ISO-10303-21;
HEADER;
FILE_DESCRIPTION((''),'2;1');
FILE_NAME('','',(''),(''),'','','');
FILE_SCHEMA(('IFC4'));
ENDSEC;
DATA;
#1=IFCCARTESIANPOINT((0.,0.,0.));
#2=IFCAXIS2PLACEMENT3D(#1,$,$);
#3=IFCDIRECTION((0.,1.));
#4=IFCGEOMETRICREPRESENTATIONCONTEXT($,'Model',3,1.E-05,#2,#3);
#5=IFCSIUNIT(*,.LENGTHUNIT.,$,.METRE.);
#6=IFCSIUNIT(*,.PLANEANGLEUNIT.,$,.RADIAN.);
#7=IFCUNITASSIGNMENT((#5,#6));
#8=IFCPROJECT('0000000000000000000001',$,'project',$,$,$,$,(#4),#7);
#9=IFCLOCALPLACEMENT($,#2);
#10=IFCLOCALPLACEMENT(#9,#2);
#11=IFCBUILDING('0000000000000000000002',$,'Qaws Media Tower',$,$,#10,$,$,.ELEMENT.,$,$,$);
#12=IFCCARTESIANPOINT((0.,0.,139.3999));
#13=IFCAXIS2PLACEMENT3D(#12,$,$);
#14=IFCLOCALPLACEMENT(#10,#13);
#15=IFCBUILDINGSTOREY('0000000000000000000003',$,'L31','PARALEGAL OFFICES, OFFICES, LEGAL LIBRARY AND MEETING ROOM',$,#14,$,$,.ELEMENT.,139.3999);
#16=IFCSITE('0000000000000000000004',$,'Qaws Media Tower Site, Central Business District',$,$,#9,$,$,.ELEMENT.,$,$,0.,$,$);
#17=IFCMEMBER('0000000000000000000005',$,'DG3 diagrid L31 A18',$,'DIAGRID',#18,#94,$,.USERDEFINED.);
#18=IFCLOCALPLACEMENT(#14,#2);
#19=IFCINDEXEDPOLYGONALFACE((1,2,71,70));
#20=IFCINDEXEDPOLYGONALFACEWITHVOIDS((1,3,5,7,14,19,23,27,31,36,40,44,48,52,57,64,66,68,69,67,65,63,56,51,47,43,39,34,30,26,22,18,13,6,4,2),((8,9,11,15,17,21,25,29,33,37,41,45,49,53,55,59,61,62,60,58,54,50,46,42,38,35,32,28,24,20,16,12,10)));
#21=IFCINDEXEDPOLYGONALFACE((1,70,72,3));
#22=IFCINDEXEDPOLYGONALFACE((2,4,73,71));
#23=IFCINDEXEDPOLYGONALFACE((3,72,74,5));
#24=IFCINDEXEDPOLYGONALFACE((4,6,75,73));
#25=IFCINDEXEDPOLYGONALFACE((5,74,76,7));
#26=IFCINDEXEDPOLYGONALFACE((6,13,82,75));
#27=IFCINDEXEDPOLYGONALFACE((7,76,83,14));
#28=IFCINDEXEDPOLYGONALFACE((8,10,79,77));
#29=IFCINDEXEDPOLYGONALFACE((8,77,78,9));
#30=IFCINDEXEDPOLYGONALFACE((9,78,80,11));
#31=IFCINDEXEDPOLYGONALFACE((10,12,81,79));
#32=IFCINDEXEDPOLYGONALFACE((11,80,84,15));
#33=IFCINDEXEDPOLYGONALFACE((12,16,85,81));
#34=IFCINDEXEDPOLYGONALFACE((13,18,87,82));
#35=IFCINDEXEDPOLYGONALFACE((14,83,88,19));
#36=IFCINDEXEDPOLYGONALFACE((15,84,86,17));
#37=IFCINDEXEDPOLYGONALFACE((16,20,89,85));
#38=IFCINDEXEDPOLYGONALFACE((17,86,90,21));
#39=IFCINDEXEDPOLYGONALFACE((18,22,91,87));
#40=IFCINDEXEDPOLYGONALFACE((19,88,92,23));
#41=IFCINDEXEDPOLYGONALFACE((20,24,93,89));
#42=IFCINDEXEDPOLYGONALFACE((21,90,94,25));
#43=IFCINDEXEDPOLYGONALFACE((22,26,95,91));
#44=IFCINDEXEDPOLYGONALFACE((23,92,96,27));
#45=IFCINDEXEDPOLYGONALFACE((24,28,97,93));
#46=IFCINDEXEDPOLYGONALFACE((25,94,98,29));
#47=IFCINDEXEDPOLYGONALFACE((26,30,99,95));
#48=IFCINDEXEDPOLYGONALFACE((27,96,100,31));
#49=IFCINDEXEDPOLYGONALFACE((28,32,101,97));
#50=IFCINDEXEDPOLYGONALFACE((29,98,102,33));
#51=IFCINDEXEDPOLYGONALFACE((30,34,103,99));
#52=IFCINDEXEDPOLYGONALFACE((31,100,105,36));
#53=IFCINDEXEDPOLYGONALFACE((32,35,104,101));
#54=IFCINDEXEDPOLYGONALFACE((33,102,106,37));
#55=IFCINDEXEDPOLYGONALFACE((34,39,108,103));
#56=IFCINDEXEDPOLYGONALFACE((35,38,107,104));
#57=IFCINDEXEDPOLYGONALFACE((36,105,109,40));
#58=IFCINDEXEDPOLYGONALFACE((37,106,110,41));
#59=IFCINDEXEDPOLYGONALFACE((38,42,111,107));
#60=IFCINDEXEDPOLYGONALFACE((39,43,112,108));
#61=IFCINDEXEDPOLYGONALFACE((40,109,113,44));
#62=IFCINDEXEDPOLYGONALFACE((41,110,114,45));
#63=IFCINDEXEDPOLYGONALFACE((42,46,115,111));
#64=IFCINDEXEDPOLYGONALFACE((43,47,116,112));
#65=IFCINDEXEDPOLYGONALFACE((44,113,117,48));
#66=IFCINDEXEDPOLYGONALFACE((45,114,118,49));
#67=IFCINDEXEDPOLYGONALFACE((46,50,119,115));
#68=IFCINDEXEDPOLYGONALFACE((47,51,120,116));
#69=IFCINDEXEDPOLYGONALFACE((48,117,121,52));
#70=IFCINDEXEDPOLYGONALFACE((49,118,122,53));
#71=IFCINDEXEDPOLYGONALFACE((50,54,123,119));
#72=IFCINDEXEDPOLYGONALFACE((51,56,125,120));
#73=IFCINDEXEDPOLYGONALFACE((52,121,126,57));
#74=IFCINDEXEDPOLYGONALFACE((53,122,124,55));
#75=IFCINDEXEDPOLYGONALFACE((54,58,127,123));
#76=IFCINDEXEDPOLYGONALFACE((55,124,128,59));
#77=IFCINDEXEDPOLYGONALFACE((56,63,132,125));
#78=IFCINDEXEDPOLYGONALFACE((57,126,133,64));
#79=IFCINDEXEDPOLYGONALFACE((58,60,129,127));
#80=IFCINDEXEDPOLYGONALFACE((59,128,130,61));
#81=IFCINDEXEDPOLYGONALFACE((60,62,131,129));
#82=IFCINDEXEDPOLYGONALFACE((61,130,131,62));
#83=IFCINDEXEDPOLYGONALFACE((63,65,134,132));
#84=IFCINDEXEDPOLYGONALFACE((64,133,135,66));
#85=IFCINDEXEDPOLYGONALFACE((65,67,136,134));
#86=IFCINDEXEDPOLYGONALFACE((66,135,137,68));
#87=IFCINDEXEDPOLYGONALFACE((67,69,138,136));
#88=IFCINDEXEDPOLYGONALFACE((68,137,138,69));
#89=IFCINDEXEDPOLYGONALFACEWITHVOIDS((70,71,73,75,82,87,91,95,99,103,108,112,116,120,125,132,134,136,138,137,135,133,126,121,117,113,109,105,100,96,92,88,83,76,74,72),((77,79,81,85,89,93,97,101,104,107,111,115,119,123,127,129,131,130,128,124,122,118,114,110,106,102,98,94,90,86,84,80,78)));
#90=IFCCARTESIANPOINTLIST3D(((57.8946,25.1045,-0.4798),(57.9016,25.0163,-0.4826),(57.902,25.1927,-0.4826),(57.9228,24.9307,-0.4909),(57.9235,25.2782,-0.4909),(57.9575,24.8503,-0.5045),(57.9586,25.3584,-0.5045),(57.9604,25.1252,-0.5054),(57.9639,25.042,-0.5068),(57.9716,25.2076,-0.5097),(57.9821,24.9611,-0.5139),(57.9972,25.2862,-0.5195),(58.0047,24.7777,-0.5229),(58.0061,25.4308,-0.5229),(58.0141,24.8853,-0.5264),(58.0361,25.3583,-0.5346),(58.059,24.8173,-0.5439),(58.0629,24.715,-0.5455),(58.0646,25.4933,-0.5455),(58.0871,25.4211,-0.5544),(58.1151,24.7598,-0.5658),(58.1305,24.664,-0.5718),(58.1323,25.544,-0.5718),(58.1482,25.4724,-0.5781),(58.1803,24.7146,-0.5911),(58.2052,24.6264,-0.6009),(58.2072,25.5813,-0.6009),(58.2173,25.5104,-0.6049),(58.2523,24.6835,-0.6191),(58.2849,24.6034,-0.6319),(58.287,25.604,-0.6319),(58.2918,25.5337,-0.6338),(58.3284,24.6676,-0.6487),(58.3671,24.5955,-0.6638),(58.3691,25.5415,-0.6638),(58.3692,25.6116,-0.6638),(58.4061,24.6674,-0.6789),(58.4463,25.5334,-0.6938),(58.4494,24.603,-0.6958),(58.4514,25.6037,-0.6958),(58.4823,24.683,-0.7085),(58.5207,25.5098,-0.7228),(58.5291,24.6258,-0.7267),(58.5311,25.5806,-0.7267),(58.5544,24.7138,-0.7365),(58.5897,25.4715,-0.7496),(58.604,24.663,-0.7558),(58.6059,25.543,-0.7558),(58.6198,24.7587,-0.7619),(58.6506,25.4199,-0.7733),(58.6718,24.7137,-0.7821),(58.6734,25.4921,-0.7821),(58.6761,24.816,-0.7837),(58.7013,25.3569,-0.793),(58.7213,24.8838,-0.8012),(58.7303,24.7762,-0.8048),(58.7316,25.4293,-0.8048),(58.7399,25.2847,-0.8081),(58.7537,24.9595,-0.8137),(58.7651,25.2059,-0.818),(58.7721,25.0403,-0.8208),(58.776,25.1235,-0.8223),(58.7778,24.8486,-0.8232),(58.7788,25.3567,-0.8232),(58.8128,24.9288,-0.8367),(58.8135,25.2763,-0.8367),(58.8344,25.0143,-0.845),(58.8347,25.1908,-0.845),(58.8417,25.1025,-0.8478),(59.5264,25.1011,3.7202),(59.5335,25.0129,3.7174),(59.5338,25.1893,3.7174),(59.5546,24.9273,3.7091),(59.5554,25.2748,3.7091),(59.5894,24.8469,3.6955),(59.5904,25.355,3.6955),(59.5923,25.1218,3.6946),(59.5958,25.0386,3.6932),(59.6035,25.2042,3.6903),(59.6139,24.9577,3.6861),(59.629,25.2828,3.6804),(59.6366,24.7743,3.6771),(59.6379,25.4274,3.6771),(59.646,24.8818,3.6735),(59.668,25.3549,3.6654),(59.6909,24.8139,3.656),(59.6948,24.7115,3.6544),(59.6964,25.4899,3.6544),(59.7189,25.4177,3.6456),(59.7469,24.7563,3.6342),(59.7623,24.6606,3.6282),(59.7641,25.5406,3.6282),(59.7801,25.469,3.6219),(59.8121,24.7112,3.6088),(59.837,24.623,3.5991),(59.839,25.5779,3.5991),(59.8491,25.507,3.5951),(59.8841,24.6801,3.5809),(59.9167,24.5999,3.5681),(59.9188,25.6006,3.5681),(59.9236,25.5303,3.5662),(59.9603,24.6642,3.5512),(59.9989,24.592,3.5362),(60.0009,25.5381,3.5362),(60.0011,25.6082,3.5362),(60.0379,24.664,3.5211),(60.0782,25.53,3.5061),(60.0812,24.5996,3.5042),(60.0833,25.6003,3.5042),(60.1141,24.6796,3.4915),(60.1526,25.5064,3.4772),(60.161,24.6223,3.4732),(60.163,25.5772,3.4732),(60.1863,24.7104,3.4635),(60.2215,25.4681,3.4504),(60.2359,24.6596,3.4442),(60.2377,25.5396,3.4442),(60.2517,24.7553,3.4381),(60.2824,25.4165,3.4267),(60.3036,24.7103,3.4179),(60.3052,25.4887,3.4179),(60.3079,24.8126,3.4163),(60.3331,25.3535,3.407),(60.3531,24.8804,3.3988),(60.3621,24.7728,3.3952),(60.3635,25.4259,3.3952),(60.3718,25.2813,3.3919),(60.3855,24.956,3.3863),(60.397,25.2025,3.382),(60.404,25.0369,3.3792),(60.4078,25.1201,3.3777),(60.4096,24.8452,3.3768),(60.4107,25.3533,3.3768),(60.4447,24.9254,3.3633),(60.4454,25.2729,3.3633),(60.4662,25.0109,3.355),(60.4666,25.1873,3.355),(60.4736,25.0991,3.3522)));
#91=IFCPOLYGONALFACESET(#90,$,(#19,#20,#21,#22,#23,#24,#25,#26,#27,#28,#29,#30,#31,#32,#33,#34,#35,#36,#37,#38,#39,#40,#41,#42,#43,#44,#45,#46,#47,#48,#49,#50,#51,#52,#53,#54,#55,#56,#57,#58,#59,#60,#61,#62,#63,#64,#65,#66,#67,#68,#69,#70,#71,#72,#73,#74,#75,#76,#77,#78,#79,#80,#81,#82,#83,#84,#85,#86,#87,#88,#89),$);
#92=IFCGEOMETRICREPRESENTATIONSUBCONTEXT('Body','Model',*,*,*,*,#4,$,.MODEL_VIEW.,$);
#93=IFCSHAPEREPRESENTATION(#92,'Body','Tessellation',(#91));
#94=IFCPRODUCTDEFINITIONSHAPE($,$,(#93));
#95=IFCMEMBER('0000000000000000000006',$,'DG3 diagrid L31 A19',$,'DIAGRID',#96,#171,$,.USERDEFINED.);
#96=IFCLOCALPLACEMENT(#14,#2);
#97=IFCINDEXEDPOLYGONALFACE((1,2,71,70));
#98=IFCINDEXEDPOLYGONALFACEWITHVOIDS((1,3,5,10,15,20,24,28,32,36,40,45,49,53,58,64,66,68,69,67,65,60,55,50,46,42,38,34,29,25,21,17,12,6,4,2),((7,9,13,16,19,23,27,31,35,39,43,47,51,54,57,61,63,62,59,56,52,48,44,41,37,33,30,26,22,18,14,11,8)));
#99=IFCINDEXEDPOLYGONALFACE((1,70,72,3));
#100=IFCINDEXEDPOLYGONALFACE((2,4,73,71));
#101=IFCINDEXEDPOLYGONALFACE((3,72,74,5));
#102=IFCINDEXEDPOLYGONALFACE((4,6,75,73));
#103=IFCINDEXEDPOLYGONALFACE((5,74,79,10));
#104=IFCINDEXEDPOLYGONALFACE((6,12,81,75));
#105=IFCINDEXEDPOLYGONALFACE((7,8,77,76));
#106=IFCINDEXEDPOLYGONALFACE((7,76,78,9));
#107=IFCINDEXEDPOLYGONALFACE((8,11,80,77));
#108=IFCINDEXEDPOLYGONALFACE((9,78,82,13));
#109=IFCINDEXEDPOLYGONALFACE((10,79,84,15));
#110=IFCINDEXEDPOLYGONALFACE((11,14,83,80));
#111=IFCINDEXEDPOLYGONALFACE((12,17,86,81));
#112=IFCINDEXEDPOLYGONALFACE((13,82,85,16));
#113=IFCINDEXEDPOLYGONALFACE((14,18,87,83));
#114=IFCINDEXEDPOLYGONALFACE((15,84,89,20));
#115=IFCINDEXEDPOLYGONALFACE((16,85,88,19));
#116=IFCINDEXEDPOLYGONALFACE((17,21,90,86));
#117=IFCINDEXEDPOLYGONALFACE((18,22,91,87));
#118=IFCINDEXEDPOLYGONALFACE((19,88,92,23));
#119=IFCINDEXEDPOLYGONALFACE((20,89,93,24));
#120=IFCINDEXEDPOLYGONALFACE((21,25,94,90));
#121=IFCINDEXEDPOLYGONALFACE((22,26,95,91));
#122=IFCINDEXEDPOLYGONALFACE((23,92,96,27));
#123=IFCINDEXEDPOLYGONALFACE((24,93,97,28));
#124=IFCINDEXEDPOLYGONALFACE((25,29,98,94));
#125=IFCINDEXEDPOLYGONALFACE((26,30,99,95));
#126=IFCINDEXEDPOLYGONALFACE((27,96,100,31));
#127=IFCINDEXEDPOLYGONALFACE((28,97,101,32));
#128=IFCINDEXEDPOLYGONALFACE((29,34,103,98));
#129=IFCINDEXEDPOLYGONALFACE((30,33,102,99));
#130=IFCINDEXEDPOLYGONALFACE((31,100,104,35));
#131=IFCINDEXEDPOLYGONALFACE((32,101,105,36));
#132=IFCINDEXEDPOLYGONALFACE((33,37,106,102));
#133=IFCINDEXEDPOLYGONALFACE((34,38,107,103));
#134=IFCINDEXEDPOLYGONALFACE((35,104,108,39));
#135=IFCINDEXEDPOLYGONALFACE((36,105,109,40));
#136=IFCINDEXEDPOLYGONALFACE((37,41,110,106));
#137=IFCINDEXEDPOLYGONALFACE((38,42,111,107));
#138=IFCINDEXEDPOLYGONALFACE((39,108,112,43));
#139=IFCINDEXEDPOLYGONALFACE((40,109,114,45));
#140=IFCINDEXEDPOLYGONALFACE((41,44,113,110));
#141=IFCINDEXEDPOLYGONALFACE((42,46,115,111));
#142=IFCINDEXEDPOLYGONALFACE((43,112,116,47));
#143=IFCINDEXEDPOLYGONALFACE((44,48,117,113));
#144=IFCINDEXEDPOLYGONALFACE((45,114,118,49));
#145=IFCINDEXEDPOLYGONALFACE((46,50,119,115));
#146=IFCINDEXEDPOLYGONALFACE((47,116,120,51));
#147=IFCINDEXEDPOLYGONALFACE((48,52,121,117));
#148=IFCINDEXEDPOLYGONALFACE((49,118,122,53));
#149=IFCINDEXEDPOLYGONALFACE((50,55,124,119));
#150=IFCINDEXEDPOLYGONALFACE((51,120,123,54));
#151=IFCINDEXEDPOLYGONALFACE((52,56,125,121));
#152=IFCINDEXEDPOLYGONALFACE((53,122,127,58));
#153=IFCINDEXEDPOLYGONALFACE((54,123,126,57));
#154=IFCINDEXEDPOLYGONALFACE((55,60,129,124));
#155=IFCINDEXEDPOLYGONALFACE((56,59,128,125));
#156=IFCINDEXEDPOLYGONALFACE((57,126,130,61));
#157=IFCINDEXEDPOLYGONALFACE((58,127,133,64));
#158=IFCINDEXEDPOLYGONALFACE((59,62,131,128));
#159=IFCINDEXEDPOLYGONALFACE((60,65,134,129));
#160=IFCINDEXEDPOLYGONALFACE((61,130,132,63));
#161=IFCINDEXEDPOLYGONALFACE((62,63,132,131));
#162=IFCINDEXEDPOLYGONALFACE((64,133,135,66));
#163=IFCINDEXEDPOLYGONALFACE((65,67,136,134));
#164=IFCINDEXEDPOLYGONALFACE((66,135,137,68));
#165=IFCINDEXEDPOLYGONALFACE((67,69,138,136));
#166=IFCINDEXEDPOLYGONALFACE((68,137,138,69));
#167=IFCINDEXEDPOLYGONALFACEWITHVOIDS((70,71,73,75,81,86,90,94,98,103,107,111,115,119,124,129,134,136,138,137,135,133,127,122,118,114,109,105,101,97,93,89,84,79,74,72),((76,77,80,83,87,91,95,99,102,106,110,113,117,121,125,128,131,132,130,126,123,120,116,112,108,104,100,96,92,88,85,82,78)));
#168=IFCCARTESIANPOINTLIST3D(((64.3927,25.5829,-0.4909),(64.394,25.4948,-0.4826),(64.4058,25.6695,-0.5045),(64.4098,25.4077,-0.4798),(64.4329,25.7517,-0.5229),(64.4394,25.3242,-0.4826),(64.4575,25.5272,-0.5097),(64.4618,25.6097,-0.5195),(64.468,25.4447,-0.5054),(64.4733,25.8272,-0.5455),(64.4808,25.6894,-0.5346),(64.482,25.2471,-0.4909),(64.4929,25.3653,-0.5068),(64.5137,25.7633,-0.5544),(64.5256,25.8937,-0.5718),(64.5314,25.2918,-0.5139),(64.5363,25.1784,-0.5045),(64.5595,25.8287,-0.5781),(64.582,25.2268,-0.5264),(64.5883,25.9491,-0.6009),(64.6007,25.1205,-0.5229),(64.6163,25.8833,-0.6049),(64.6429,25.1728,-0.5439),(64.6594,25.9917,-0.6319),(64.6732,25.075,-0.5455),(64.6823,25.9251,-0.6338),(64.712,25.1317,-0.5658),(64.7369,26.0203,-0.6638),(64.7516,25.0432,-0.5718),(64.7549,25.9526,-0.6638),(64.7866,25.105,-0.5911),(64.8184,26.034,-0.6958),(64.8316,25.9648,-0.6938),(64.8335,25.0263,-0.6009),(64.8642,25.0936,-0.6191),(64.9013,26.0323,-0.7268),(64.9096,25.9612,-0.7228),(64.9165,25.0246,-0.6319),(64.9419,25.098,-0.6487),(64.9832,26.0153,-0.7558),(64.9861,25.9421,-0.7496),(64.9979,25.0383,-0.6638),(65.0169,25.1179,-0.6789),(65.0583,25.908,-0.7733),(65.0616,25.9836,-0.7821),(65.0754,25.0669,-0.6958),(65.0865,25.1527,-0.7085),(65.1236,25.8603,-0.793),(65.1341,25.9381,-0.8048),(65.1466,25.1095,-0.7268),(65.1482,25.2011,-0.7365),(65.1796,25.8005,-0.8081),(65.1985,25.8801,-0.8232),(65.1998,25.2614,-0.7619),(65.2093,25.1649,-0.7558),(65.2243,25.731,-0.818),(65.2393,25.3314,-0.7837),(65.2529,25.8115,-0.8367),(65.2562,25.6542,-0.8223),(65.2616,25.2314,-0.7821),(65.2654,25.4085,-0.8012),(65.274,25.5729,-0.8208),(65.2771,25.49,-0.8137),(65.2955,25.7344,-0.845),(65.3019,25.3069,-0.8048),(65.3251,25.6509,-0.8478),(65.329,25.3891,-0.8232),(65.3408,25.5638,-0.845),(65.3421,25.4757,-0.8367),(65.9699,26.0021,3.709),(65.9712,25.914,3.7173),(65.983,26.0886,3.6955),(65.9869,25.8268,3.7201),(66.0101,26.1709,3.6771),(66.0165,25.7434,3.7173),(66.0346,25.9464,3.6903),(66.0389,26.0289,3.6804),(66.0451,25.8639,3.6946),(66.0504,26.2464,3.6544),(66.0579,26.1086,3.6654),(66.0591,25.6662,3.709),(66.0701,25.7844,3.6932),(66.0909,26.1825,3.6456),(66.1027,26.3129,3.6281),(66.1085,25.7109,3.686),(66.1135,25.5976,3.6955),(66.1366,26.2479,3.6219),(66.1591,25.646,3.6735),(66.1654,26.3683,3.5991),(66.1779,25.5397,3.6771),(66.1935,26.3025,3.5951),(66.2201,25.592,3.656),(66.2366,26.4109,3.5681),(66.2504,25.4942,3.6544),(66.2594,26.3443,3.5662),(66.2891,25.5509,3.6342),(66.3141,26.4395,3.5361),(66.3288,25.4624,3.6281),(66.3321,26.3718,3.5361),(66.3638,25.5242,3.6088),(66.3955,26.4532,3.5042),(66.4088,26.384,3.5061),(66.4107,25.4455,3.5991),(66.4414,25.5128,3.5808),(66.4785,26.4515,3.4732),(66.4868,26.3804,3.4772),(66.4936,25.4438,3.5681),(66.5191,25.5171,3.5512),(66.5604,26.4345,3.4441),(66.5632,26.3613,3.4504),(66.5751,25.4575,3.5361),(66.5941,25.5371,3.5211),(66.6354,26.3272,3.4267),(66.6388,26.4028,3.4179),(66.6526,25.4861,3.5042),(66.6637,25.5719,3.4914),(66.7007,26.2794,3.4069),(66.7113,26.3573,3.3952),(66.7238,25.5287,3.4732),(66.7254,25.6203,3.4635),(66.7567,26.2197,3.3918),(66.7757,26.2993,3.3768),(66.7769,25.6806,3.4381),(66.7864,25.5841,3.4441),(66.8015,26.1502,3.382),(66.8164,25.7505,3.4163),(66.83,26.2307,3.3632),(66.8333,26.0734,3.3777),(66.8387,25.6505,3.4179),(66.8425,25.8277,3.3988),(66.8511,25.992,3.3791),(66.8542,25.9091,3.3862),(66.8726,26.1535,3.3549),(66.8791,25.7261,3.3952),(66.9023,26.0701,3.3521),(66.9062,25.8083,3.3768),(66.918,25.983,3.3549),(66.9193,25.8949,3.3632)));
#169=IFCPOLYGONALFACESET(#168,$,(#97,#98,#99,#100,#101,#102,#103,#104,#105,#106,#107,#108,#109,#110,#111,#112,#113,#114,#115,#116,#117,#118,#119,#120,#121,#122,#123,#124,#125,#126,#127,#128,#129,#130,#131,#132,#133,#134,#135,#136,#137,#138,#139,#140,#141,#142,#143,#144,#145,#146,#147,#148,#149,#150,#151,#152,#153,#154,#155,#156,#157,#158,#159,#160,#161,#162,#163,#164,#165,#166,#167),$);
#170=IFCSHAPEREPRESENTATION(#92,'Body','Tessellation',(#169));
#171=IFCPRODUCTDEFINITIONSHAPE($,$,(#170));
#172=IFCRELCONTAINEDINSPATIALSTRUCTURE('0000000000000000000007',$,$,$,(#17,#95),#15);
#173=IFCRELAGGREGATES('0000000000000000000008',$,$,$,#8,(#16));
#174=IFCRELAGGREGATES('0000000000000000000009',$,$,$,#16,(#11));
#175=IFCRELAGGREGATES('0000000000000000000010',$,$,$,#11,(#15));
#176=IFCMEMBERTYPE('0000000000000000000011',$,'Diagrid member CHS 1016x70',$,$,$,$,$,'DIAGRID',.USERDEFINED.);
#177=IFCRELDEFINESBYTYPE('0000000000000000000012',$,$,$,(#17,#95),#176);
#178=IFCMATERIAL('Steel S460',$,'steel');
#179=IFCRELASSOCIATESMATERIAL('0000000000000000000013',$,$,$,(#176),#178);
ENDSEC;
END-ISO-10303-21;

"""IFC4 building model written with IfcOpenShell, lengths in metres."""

from ifc_helpers import new_model, si_unit, direction, frame, origin, origin_2d, place, context, subcontext, project, spatial, hollow_circle, extrude, material, material_profile, profile_set, type_object, element, save


model = new_model("IFC4")

# Units and contexts
model_context = context("Model", 3, precision=1e-05, world=origin(), true_north=direction((0.0, 1.0)))
body_context = subcontext(model_context, "Body", "Model", "MODEL_VIEW")
ifc_project = project(units=[si_unit("LENGTHUNIT", "METRE"), si_unit("PLANEANGLEUNIT", "RADIAN")], contexts=[model_context])

# Site, building, storey
site_placement = place(None, origin())
site = spatial("IfcSite", under=ifc_project, at=site_placement, Name="Qaws Media Tower Site, Central Business District", CompositionType="ELEMENT", RefElevation=0.0)
building_placement = place(site_placement, origin())
building = spatial("IfcBuilding", under=site, at=building_placement, Name="Qaws Media Tower", CompositionType="ELEMENT")
storey_placement = place(building_placement, frame((0.0, 0.0, 139.3999)))
storey = spatial("IfcBuildingStorey", under=building, at=storey_placement, Name="L31", Description="PARALEGAL OFFICES, OFFICES, LEGAL LIBRARY AND MEETING ROOM", CompositionType="ELEMENT", Elevation=139.3999)

# Members
ifc_material_1 = material(Name="Steel S460", Category="steel")
ifc_material_profile_1 = material_profile(ifc_material_1, hollow_circle(Radius=0.5081, WallThickness=0.0701, at=origin_2d()), Name="CHS 1016x70")
ifc_profile_set_1 = profile_set([ifc_material_profile_1], Name="Steel S460")
member_type_1 = type_object("IfcMemberType", Name="Diagrid member CHS 1016x70", ElementType="DIAGRID", PredefinedType="USERDEFINED", material=ifc_profile_set_1)
for number, where, z_axis, x_axis, name in (
    (1, (58.3682, 25.1035, -0.6638), (0.362161, -0.000759, 0.932115), (0.002095, 0.999998, 0.0), "DG3 diagrid L31 A18"),
    (2, (64.8674, 25.5293, -0.6638), (0.350022, 0.093032, 0.93211), (-0.256871, 0.966446, 0.0), "DG3 diagrid L31 A19"),
):
    element("IfcMember", number, at=place(storey_placement, frame(where, z_axis=z_axis, x_axis=x_axis)), inside=storey, type_object=member_type_1, Name=name, ObjectType="DIAGRID", PredefinedType="USERDEFINED", context=body_context, shape_type="SweptSolid", body=[
        extrude(hollow_circle(Radius=0.5081, WallThickness=0.0701, at=origin_2d()), origin(), (0.0, 0.0, 1.0), 4.5059),
    ])

save(model, "model.ifc")
